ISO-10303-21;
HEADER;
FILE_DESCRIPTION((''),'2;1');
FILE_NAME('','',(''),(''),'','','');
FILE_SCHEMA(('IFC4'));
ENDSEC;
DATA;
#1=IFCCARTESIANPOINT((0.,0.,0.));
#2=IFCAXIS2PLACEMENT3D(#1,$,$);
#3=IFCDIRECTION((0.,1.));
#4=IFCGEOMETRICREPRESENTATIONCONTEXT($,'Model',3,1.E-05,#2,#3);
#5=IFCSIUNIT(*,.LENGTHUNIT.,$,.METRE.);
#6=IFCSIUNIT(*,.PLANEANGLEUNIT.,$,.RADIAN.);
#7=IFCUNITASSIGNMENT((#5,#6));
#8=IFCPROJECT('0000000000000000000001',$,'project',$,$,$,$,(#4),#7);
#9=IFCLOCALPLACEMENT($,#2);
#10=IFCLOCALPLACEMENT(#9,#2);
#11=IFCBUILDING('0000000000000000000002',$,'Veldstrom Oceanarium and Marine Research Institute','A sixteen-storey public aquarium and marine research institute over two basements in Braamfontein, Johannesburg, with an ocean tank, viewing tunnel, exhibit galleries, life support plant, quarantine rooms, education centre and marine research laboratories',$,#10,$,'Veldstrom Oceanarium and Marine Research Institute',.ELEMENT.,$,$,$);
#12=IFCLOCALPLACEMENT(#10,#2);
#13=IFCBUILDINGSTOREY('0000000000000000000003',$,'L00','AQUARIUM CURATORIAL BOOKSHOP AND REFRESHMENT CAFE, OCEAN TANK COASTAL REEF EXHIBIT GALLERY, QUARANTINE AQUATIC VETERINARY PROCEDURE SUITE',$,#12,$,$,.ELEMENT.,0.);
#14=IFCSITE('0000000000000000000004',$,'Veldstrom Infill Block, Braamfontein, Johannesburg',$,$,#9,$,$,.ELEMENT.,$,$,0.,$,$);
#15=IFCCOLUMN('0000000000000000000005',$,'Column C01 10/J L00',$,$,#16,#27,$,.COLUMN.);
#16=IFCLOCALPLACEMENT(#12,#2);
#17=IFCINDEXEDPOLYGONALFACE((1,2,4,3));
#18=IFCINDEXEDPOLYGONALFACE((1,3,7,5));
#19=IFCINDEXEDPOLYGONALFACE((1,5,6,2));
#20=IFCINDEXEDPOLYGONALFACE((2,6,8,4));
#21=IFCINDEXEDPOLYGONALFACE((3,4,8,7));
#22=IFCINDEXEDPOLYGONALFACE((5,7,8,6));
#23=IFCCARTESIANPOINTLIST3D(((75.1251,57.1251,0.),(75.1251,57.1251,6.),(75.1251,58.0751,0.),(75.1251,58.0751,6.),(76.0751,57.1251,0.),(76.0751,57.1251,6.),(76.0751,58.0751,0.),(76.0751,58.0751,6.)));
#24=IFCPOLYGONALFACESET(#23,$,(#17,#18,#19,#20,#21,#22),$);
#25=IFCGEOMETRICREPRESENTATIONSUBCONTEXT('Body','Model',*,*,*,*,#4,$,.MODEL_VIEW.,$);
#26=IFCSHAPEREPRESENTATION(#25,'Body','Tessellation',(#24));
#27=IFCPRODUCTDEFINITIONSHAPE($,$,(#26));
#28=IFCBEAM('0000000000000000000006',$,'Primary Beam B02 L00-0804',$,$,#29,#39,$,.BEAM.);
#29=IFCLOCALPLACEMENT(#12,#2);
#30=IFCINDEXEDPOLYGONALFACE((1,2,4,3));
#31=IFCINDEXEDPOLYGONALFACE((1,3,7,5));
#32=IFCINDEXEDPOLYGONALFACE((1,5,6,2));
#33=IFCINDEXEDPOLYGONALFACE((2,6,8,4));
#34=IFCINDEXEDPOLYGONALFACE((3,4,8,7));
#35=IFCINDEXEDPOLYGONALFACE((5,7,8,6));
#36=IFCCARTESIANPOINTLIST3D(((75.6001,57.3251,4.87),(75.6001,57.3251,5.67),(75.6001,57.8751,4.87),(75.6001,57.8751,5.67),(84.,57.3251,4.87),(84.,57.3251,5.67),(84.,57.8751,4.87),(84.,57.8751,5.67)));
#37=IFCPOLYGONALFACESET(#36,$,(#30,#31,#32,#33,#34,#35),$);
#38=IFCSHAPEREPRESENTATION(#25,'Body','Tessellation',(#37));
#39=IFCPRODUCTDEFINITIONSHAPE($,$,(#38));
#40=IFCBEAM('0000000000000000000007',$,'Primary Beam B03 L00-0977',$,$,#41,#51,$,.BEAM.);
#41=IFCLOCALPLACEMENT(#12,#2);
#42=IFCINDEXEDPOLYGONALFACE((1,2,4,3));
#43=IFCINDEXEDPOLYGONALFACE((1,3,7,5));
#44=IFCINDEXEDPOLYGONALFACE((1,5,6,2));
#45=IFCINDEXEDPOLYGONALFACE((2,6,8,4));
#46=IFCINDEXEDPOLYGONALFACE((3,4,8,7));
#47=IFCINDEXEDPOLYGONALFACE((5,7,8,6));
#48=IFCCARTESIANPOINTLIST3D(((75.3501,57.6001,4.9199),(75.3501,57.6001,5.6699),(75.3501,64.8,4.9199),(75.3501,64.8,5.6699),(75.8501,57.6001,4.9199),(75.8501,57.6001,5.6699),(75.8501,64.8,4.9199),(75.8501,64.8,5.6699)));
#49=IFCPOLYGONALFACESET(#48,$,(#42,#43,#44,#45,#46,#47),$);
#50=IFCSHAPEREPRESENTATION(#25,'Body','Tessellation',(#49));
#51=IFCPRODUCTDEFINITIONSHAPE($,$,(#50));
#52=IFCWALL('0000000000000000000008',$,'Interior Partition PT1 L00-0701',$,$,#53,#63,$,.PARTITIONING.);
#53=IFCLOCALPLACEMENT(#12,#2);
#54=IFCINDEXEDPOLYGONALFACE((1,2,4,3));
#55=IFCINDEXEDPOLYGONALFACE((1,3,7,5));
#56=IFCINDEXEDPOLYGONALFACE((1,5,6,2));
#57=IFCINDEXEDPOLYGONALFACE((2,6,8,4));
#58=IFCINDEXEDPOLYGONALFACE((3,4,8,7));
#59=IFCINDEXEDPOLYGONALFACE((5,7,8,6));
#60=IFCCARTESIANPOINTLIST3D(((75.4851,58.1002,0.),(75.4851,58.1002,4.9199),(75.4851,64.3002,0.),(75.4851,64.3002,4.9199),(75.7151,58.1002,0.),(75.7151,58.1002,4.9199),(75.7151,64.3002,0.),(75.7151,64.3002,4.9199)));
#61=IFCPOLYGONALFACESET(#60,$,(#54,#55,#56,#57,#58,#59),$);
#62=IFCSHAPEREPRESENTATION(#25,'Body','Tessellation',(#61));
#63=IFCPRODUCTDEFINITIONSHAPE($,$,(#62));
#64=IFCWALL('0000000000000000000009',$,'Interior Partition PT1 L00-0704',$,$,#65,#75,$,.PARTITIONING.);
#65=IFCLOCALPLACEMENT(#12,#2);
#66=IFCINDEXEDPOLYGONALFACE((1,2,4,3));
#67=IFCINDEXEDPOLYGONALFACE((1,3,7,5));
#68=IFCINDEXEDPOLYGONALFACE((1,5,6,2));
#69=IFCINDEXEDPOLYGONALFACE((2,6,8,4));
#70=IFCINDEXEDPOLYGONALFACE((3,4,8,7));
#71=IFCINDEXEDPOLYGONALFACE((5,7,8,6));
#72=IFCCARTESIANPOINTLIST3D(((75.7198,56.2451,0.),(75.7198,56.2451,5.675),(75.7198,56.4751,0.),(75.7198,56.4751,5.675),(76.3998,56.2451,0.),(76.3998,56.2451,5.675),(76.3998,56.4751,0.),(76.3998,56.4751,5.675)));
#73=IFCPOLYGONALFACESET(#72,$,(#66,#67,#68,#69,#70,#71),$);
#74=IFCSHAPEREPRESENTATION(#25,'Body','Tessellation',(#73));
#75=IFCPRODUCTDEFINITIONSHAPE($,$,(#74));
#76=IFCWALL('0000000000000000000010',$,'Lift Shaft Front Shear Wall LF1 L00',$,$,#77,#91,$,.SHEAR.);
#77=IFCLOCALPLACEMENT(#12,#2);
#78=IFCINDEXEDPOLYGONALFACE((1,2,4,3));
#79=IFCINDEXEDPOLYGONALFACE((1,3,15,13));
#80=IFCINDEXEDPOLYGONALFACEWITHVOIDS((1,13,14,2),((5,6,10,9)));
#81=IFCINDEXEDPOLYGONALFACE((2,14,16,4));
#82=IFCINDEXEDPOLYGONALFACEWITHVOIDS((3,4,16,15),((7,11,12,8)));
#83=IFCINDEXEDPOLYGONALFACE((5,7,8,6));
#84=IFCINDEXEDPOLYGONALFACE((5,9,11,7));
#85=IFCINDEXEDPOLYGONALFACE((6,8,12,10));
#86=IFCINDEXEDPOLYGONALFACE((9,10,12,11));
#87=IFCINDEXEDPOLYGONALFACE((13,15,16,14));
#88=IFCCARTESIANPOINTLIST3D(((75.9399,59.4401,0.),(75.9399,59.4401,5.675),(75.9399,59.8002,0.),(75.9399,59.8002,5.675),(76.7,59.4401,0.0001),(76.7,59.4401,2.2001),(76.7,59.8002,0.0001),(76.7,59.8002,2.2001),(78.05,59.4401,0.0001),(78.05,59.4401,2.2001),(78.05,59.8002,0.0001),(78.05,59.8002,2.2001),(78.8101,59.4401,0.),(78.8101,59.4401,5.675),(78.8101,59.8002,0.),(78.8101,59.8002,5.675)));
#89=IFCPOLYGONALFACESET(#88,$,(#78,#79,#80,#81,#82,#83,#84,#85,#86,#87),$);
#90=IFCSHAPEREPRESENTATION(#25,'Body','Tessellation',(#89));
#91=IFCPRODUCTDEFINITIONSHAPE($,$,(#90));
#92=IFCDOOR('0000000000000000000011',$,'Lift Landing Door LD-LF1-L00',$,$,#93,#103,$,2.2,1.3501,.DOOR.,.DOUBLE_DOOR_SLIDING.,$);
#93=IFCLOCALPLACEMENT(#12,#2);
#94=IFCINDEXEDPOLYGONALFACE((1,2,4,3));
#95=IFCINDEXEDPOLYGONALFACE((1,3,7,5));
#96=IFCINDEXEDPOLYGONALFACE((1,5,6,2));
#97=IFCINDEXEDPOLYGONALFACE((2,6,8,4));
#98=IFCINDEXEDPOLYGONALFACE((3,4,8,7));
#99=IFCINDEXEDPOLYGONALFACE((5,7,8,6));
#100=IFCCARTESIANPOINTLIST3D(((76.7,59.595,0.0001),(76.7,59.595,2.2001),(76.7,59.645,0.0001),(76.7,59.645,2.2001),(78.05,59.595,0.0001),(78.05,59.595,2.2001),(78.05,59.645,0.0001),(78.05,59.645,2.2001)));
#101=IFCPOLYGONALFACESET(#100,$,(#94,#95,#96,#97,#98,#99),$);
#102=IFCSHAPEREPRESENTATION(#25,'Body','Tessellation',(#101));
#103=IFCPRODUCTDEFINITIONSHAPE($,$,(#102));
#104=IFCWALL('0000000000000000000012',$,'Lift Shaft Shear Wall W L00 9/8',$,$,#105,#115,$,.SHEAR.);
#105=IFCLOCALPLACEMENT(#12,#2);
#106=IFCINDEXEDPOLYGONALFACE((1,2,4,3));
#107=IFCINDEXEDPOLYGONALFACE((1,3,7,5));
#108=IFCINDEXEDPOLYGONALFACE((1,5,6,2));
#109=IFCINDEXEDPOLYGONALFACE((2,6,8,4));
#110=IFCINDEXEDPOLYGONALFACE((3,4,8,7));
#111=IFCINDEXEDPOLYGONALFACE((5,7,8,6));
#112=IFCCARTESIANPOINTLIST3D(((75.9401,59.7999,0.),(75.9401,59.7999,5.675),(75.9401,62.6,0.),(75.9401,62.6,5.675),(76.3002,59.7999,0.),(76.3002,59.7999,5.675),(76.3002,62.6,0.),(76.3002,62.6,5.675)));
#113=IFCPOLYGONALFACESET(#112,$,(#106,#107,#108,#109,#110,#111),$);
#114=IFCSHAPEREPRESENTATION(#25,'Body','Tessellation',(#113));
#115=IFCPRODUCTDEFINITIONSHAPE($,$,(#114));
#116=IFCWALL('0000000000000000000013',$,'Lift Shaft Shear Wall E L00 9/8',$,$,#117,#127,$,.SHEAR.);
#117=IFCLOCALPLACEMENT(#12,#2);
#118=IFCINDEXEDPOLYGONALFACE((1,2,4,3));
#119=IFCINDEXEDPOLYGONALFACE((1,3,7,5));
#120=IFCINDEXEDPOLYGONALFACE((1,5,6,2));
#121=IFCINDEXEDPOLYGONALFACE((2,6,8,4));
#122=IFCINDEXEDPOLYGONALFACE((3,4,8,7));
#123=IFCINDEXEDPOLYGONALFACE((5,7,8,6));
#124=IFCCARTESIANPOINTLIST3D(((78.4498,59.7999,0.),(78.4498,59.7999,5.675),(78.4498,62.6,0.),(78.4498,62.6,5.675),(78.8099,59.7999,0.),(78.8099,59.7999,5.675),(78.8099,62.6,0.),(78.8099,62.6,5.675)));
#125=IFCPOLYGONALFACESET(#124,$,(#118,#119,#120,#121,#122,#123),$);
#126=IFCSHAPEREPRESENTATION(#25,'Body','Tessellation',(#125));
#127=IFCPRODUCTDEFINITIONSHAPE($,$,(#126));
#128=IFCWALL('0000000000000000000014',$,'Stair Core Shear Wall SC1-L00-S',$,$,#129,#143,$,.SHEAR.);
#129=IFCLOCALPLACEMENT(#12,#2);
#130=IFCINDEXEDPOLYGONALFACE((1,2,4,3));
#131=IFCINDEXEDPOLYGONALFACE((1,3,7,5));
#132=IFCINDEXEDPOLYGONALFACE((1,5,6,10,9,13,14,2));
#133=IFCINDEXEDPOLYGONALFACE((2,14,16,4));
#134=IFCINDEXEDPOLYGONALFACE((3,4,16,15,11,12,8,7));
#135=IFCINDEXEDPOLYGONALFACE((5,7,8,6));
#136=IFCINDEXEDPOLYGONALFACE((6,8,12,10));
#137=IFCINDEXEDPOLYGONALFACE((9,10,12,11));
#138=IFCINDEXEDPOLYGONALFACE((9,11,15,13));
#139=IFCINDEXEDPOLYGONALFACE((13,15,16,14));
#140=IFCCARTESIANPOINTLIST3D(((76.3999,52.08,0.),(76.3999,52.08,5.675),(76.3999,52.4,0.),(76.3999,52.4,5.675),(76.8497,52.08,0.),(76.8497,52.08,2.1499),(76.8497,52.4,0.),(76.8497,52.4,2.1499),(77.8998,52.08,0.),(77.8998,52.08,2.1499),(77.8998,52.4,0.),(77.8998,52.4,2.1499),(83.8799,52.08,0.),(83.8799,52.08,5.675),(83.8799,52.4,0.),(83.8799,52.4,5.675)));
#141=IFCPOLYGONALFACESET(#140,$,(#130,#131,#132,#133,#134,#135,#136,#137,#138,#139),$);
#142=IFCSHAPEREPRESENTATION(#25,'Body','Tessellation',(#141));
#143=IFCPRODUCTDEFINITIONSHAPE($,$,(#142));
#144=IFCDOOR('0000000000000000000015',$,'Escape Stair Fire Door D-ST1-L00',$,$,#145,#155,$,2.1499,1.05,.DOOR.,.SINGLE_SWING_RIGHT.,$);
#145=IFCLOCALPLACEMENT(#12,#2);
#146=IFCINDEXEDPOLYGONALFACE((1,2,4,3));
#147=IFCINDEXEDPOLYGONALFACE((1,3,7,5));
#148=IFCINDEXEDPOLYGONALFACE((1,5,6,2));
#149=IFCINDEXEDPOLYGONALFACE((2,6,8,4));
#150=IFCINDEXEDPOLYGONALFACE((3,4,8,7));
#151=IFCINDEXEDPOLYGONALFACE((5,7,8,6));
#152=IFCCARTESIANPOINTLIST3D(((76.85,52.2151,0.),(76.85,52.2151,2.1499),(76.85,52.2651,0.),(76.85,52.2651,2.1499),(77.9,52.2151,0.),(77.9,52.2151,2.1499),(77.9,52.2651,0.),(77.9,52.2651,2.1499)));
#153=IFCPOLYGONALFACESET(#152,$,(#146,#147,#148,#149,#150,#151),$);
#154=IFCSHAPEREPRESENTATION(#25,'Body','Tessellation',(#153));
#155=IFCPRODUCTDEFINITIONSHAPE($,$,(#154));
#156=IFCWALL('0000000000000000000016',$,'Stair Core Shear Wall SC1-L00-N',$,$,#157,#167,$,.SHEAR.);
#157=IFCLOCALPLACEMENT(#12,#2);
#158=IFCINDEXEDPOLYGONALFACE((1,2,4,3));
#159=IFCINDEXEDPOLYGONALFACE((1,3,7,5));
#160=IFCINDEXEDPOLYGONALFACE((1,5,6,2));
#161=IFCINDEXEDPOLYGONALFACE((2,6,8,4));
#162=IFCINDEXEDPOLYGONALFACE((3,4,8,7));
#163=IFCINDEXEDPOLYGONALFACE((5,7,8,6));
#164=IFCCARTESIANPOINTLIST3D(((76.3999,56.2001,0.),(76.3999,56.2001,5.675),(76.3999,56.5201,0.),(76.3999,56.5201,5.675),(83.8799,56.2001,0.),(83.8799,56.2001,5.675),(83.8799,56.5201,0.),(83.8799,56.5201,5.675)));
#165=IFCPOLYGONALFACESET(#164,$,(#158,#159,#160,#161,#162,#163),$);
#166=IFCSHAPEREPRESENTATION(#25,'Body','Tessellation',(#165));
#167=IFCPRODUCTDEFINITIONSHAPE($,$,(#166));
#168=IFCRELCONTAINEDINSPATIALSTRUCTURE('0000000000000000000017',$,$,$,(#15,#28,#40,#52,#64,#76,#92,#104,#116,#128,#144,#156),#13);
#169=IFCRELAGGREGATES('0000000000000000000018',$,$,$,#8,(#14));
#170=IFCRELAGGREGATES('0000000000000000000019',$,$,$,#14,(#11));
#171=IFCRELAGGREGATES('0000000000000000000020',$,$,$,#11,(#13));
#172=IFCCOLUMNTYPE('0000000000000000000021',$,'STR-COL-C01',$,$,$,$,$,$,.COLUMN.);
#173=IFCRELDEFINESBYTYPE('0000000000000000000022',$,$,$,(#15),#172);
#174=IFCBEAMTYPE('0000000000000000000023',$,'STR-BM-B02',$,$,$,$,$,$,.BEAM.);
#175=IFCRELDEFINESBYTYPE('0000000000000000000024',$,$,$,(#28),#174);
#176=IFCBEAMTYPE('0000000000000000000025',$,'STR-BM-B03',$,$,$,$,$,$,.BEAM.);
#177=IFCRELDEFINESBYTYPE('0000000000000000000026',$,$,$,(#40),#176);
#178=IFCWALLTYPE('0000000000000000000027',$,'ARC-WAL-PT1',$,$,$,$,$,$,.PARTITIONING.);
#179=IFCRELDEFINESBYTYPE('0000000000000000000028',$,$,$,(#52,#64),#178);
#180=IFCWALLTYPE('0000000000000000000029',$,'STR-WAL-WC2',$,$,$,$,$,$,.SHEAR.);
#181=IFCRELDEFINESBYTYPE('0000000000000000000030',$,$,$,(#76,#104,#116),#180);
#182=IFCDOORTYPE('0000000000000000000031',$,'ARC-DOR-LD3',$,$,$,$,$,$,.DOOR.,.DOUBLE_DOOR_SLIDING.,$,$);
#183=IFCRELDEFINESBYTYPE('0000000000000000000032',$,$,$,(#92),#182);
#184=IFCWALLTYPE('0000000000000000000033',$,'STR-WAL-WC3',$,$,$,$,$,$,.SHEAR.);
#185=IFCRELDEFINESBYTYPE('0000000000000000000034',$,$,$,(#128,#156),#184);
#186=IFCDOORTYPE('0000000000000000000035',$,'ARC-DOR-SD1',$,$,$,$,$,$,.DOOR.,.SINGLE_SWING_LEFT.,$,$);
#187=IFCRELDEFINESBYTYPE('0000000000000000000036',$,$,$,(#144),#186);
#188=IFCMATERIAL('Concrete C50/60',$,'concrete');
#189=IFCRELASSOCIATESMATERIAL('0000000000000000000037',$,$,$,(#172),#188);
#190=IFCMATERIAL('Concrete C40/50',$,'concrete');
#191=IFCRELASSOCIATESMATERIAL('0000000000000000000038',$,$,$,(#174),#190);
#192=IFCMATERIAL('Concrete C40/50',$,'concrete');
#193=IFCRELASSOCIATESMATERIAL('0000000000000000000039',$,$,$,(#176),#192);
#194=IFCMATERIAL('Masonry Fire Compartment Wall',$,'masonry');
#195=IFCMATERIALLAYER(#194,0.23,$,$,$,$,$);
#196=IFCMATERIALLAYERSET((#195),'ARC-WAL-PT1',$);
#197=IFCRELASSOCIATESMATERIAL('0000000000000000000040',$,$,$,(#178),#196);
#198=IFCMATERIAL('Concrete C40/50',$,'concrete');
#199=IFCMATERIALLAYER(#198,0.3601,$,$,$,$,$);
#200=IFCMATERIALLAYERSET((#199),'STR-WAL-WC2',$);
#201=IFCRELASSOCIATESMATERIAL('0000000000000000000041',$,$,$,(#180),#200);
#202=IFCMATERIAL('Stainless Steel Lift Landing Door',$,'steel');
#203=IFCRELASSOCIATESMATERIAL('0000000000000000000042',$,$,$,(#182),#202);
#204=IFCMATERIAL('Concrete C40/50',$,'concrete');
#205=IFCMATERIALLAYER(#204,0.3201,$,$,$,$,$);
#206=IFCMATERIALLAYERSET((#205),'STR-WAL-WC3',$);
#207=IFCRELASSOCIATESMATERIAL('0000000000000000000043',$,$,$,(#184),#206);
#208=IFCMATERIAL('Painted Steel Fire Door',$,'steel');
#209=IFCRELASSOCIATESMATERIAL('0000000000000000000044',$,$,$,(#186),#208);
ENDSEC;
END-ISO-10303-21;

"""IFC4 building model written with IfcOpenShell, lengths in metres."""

from ifc_helpers import new_model, si_unit, direction, frame, frame_2d, origin, origin_2d, place, context, subcontext, project, spatial, rectangle, extrude, material, layer, layer_set, material_profile, profile_set, type_object, element, fill, save


model = new_model("IFC4")

# Units and contexts
model_context = context("Model", 3, precision=1e-05, world=origin(), true_north=direction((0.0, 1.0)))
body_context = subcontext(model_context, "Body", "Model", "MODEL_VIEW")
ifc_project = project(units=[si_unit("LENGTHUNIT", "METRE"), si_unit("PLANEANGLEUNIT", "RADIAN")], contexts=[model_context])

# Site, building, storey
site_placement = place(None, origin())
site = spatial("IfcSite", under=ifc_project, at=site_placement, Name="Veldstrom Infill Block, Braamfontein, Johannesburg", CompositionType="ELEMENT", RefElevation=0.0)
building_placement = place(site_placement, origin())
building = spatial("IfcBuilding", under=site, at=building_placement, Name="Veldstrom Oceanarium and Marine Research Institute", Description="A sixteen-storey public aquarium and marine research institute over two basements in Braamfontein, Johannesburg, with an ocean tank, viewing tunnel, exhibit galleries, life support plant, quarantine rooms, education centre and marine research laboratories", LongName="Veldstrom Oceanarium and Marine Research Institute", CompositionType="ELEMENT")
storey_placement = place(building_placement, origin())
storey = spatial("IfcBuildingStorey", under=building, at=storey_placement, Name="L00", Description="AQUARIUM CURATORIAL BOOKSHOP AND REFRESHMENT CAFE, OCEAN TANK COASTAL REEF EXHIBIT GALLERY, QUARANTINE AQUATIC VETERINARY PROCEDURE SUITE", CompositionType="ELEMENT", Elevation=0.0)

# Column
ifc_material_1 = material(Name="Concrete C50/60", Category="concrete")
ifc_material_profile_1 = material_profile(ifc_material_1, rectangle(XDim=0.95, YDim=0.95, at=origin_2d()), Name="RC-COL-950x950")
ifc_profile_set_1 = profile_set([ifc_material_profile_1], Name="Concrete C50/60")
column_type = type_object("IfcColumnType", Name="STR-COL-C01", PredefinedType="COLUMN", material=ifc_profile_set_1)
column_placement = place(storey_placement, frame((75.6001, 57.6001, 0.0), z_axis=(0.0, 0.0, 1.0), x_axis=(1.0, 0.0, 0.0)))
element("IfcColumn", 1, at=column_placement, inside=storey, type_object=column_type, Name="Column C01 10/J L00", PredefinedType="COLUMN", context=body_context, shape_type="SweptSolid", body=[
    extrude(rectangle(XDim=0.95, YDim=0.95, at=origin_2d()), origin(), (0.0, 0.0, 1.0), 6.0),
])

# Beams
ifc_material_2 = material(Name="Concrete C40/50", Category="concrete")
ifc_material_profile_2 = material_profile(ifc_material_2, rectangle(XDim=0.55, YDim=0.8, at=origin_2d()), Name="RC-BM-550x800")
ifc_profile_set_2 = profile_set([ifc_material_profile_2], Name="Concrete C40/50")
beam_type_1 = type_object("IfcBeamType", Name="STR-BM-B02", PredefinedType="BEAM", material=ifc_profile_set_2)
beam_1_placement = place(storey_placement, frame((75.6001, 57.6001, 5.27), z_axis=(1.0, 0.0, 0.0), x_axis=(0.0, 1.0, 0.0)))
element("IfcBeam", 2, at=beam_1_placement, inside=storey, type_object=beam_type_1, Name="Primary Beam B02 L00-0804", PredefinedType="BEAM", context=body_context, shape_type="SweptSolid", body=[
    extrude(rectangle(XDim=0.55, YDim=0.8, at=origin_2d()), origin(), (0.0, 0.0, 1.0), 8.3999),
])
ifc_material_3 = material(Name="Concrete C40/50", Category="concrete")
ifc_material_profile_3 = material_profile(ifc_material_3, rectangle(XDim=0.5, YDim=0.75, at=origin_2d()), Name="RC-BM-500x750")
ifc_profile_set_3 = profile_set([ifc_material_profile_3], Name="Concrete C40/50")
beam_type_2 = type_object("IfcBeamType", Name="STR-BM-B03", PredefinedType="BEAM", material=ifc_profile_set_3)
beam_2_placement = place(storey_placement, frame((75.6001, 57.6001, 5.2949), z_axis=(0.0, 1.0, 0.0), x_axis=(-1.0, 0.0, 0.0)))
element("IfcBeam", 3, at=beam_2_placement, inside=storey, type_object=beam_type_2, Name="Primary Beam B03 L00-0977", PredefinedType="BEAM", context=body_context, shape_type="SweptSolid", body=[
    extrude(rectangle(XDim=0.5, YDim=0.75, at=origin_2d()), origin(), (0.0, 0.0, 1.0), 7.2),
])

# Walls
ifc_material_4 = material(Name="Masonry Fire Compartment Wall", Category="masonry")
ifc_layer_1 = layer(ifc_material_4, 0.23)
ifc_layer_set_1 = layer_set([ifc_layer_1], Name="ARC-WAL-PT1")
wall_type_1 = type_object("IfcWallType", Name="ARC-WAL-PT1", PredefinedType="PARTITIONING", material=ifc_layer_set_1)
wall_1_placement = place(storey_placement, frame((75.6001, 58.1001, 0.0), z_axis=(0.0, 0.0, 1.0), x_axis=(0.0, 1.0, 0.0)))
element("IfcWall", 4, at=wall_1_placement, inside=storey, type_object=wall_type_1, Name="Interior Partition PT1 L00-0701", PredefinedType="PARTITIONING", context=body_context, shape_type="SweptSolid", body=[
    extrude(rectangle(XDim=6.2, YDim=0.23, at=frame_2d((3.1001, 0.0))), origin(), (0.0, 0.0, 1.0), 4.9199),
])
wall_2_placement = place(storey_placement, frame((75.72, 56.3601, 0.0), z_axis=(0.0, 0.0, 1.0), x_axis=(1.0, 0.0, 0.0)))
element("IfcWall", 5, at=wall_2_placement, inside=storey, type_object=wall_type_1, Name="Interior Partition PT1 L00-0704", PredefinedType="PARTITIONING", context=body_context, shape_type="SweptSolid", body=[
    extrude(rectangle(XDim=0.6799, YDim=0.23, at=frame_2d((0.3398, 0.0))), origin(), (0.0, 0.0, 1.0), 5.675),
])

# Wall, opening, door
ifc_material_5 = material(Name="Concrete C40/50", Category="concrete")
ifc_layer_2 = layer(ifc_material_5, 0.3601)
ifc_layer_set_2 = layer_set([ifc_layer_2], Name="STR-WAL-WC2")
wall_type_2 = type_object("IfcWallType", Name="STR-WAL-WC2", PredefinedType="SHEAR", material=ifc_layer_set_2)
wall_3_placement = place(storey_placement, frame((75.9399, 59.6201, 0.0), z_axis=(0.0, 0.0, 1.0), x_axis=(1.0, 0.0, 0.0)))
wall_3 = element("IfcWall", 6, at=wall_3_placement, inside=storey, type_object=wall_type_2, Name="Lift Shaft Front Shear Wall LF1 L00", PredefinedType="SHEAR", context=body_context, shape_type="SweptSolid", body=[
    extrude(rectangle(XDim=2.8701, YDim=0.3601, at=frame_2d((1.4351, 0.0))), origin(), (0.0, 0.0, 1.0), 5.675),
])
opening_1_placement = place(wall_3_placement, frame((0.76, 0.0, 0.0)))
opening_1 = element("IfcOpeningElement", 7, at=opening_1_placement, cuts=wall_3, PredefinedType="OPENING", context=body_context, shape_type="SweptSolid", body=[
    extrude(rectangle(XDim=1.3501, YDim=2.2, at=frame_2d((0.675, 1.1001))), frame((0.0, 0.1899, 0.0), z_axis=(0.0, -1.0, 0.0), x_axis=(1.0, 0.0, 0.0)), (0.0, 0.0, 1.0), 0.3801),
])
ifc_material_6 = material(Name="Stainless Steel Lift Landing Door", Category="steel")
door_type_1 = type_object("IfcDoorType", Name="ARC-DOR-LD3", OperationType="DOUBLE_DOOR_SLIDING", PredefinedType="DOOR", material=ifc_material_6)
door_1_placement = place(opening_1_placement, origin())
door_1 = element("IfcDoor", 8, at=door_1_placement, inside=storey, type_object=door_type_1, Name="Lift Landing Door LD-LF1-L00", OperationType="DOUBLE_DOOR_SLIDING", OverallHeight=2.2, OverallWidth=1.3501, PredefinedType="DOOR", context=body_context, shape_type="SweptSolid", body=[
    extrude(rectangle(XDim=1.3501, YDim=2.2, at=frame_2d((0.675, 1.1001))), frame((0.0, 0.0249, 0.0), z_axis=(0.0, -1.0, 0.0), x_axis=(1.0, 0.0, 0.0)), (0.0, 0.0, 1.0), 0.05),
])
fill(opening_1, door_1)

# Walls
for number, where, z_axis, x_axis, name in (
    (9, (76.1201, 59.8, 0.0), (0.0, 0.0, 1.0), (0.0, 1.0, 0.0), "Lift Shaft Shear Wall W L00 9/8"),
    (10, (78.6299, 59.8, 0.0), (0.0, 0.0, 1.0), (0.0, 1.0, 0.0), "Lift Shaft Shear Wall E L00 9/8"),
):
    element("IfcWall", number, at=place(storey_placement, frame(where, z_axis=z_axis, x_axis=x_axis)), inside=storey, type_object=wall_type_2, Name=name, PredefinedType="SHEAR", context=body_context, shape_type="SweptSolid", body=[
        extrude(rectangle(XDim=2.8, YDim=0.3601, at=frame_2d((1.3999, 0.0))), origin(), (0.0, 0.0, 1.0), 5.675),
    ])

# Wall, opening, door
ifc_material_7 = material(Name="Concrete C40/50", Category="concrete")
ifc_layer_3 = layer(ifc_material_7, 0.3201)
ifc_layer_set_3 = layer_set([ifc_layer_3], Name="STR-WAL-WC3")
wall_type_3 = type_object("IfcWallType", Name="STR-WAL-WC3", PredefinedType="SHEAR", material=ifc_layer_set_3)
wall_4_placement = place(storey_placement, frame((76.3999, 52.24, 0.0), z_axis=(0.0, 0.0, 1.0), x_axis=(1.0, 0.0, 0.0)))
wall_4 = element("IfcWall", 11, at=wall_4_placement, inside=storey, type_object=wall_type_3, Name="Stair Core Shear Wall SC1-L00-S", PredefinedType="SHEAR", context=body_context, shape_type="SweptSolid", body=[
    extrude(rectangle(XDim=7.48, YDim=0.3201, at=frame_2d((3.74, 0.0))), origin(), (0.0, 0.0, 1.0), 5.675),
])
opening_2_placement = place(wall_4_placement, frame((0.45, 0.0, 0.0)))
opening_2 = element("IfcOpeningElement", 12, at=opening_2_placement, cuts=wall_4, PredefinedType="OPENING", context=body_context, shape_type="SweptSolid", body=[
    extrude(rectangle(XDim=1.05, YDim=2.1499, at=frame_2d((0.5249, 1.075))), frame((0.0, 0.1699, 0.0), z_axis=(0.0, -1.0, 0.0), x_axis=(1.0, 0.0, 0.0)), (0.0, 0.0, 1.0), 0.3401),
])
ifc_material_8 = material(Name="Painted Steel Fire Door", Category="steel")
door_type_2 = type_object("IfcDoorType", Name="ARC-DOR-SD1", OperationType="SINGLE_SWING_LEFT", PredefinedType="DOOR", material=ifc_material_8)
door_2_placement = place(opening_2_placement, frame((1.05, 0.0, 0.0), z_axis=(0.0, 0.0, 1.0), x_axis=(-1.0, 0.0, 0.0)))
door_2 = element("IfcDoor", 13, at=door_2_placement, inside=storey, type_object=door_type_2, Name="Escape Stair Fire Door D-ST1-L00", OperationType="SINGLE_SWING_RIGHT", OverallHeight=2.1499, OverallWidth=1.05, PredefinedType="DOOR", context=body_context, shape_type="SweptSolid", body=[
    extrude(rectangle(XDim=1.05, YDim=2.1499, at=frame_2d((0.5249, 1.075))), frame((0.0, 0.0249, 0.0), z_axis=(0.0, -1.0, 0.0), x_axis=(1.0, 0.0, 0.0)), (0.0, 0.0, 1.0), 0.05),
])
fill(opening_2, door_2)

# Wall
wall_5_placement = place(storey_placement, frame((76.3999, 56.3601, 0.0), z_axis=(0.0, 0.0, 1.0), x_axis=(1.0, 0.0, 0.0)))
element("IfcWall", 14, at=wall_5_placement, inside=storey, type_object=wall_type_3, Name="Stair Core Shear Wall SC1-L00-N", PredefinedType="SHEAR", context=body_context, shape_type="SweptSolid", body=[
    extrude(rectangle(XDim=7.48, YDim=0.3201, at=frame_2d((3.74, 0.0))), origin(), (0.0, 0.0, 1.0), 5.675),
])

save(model, "model.ifc")
